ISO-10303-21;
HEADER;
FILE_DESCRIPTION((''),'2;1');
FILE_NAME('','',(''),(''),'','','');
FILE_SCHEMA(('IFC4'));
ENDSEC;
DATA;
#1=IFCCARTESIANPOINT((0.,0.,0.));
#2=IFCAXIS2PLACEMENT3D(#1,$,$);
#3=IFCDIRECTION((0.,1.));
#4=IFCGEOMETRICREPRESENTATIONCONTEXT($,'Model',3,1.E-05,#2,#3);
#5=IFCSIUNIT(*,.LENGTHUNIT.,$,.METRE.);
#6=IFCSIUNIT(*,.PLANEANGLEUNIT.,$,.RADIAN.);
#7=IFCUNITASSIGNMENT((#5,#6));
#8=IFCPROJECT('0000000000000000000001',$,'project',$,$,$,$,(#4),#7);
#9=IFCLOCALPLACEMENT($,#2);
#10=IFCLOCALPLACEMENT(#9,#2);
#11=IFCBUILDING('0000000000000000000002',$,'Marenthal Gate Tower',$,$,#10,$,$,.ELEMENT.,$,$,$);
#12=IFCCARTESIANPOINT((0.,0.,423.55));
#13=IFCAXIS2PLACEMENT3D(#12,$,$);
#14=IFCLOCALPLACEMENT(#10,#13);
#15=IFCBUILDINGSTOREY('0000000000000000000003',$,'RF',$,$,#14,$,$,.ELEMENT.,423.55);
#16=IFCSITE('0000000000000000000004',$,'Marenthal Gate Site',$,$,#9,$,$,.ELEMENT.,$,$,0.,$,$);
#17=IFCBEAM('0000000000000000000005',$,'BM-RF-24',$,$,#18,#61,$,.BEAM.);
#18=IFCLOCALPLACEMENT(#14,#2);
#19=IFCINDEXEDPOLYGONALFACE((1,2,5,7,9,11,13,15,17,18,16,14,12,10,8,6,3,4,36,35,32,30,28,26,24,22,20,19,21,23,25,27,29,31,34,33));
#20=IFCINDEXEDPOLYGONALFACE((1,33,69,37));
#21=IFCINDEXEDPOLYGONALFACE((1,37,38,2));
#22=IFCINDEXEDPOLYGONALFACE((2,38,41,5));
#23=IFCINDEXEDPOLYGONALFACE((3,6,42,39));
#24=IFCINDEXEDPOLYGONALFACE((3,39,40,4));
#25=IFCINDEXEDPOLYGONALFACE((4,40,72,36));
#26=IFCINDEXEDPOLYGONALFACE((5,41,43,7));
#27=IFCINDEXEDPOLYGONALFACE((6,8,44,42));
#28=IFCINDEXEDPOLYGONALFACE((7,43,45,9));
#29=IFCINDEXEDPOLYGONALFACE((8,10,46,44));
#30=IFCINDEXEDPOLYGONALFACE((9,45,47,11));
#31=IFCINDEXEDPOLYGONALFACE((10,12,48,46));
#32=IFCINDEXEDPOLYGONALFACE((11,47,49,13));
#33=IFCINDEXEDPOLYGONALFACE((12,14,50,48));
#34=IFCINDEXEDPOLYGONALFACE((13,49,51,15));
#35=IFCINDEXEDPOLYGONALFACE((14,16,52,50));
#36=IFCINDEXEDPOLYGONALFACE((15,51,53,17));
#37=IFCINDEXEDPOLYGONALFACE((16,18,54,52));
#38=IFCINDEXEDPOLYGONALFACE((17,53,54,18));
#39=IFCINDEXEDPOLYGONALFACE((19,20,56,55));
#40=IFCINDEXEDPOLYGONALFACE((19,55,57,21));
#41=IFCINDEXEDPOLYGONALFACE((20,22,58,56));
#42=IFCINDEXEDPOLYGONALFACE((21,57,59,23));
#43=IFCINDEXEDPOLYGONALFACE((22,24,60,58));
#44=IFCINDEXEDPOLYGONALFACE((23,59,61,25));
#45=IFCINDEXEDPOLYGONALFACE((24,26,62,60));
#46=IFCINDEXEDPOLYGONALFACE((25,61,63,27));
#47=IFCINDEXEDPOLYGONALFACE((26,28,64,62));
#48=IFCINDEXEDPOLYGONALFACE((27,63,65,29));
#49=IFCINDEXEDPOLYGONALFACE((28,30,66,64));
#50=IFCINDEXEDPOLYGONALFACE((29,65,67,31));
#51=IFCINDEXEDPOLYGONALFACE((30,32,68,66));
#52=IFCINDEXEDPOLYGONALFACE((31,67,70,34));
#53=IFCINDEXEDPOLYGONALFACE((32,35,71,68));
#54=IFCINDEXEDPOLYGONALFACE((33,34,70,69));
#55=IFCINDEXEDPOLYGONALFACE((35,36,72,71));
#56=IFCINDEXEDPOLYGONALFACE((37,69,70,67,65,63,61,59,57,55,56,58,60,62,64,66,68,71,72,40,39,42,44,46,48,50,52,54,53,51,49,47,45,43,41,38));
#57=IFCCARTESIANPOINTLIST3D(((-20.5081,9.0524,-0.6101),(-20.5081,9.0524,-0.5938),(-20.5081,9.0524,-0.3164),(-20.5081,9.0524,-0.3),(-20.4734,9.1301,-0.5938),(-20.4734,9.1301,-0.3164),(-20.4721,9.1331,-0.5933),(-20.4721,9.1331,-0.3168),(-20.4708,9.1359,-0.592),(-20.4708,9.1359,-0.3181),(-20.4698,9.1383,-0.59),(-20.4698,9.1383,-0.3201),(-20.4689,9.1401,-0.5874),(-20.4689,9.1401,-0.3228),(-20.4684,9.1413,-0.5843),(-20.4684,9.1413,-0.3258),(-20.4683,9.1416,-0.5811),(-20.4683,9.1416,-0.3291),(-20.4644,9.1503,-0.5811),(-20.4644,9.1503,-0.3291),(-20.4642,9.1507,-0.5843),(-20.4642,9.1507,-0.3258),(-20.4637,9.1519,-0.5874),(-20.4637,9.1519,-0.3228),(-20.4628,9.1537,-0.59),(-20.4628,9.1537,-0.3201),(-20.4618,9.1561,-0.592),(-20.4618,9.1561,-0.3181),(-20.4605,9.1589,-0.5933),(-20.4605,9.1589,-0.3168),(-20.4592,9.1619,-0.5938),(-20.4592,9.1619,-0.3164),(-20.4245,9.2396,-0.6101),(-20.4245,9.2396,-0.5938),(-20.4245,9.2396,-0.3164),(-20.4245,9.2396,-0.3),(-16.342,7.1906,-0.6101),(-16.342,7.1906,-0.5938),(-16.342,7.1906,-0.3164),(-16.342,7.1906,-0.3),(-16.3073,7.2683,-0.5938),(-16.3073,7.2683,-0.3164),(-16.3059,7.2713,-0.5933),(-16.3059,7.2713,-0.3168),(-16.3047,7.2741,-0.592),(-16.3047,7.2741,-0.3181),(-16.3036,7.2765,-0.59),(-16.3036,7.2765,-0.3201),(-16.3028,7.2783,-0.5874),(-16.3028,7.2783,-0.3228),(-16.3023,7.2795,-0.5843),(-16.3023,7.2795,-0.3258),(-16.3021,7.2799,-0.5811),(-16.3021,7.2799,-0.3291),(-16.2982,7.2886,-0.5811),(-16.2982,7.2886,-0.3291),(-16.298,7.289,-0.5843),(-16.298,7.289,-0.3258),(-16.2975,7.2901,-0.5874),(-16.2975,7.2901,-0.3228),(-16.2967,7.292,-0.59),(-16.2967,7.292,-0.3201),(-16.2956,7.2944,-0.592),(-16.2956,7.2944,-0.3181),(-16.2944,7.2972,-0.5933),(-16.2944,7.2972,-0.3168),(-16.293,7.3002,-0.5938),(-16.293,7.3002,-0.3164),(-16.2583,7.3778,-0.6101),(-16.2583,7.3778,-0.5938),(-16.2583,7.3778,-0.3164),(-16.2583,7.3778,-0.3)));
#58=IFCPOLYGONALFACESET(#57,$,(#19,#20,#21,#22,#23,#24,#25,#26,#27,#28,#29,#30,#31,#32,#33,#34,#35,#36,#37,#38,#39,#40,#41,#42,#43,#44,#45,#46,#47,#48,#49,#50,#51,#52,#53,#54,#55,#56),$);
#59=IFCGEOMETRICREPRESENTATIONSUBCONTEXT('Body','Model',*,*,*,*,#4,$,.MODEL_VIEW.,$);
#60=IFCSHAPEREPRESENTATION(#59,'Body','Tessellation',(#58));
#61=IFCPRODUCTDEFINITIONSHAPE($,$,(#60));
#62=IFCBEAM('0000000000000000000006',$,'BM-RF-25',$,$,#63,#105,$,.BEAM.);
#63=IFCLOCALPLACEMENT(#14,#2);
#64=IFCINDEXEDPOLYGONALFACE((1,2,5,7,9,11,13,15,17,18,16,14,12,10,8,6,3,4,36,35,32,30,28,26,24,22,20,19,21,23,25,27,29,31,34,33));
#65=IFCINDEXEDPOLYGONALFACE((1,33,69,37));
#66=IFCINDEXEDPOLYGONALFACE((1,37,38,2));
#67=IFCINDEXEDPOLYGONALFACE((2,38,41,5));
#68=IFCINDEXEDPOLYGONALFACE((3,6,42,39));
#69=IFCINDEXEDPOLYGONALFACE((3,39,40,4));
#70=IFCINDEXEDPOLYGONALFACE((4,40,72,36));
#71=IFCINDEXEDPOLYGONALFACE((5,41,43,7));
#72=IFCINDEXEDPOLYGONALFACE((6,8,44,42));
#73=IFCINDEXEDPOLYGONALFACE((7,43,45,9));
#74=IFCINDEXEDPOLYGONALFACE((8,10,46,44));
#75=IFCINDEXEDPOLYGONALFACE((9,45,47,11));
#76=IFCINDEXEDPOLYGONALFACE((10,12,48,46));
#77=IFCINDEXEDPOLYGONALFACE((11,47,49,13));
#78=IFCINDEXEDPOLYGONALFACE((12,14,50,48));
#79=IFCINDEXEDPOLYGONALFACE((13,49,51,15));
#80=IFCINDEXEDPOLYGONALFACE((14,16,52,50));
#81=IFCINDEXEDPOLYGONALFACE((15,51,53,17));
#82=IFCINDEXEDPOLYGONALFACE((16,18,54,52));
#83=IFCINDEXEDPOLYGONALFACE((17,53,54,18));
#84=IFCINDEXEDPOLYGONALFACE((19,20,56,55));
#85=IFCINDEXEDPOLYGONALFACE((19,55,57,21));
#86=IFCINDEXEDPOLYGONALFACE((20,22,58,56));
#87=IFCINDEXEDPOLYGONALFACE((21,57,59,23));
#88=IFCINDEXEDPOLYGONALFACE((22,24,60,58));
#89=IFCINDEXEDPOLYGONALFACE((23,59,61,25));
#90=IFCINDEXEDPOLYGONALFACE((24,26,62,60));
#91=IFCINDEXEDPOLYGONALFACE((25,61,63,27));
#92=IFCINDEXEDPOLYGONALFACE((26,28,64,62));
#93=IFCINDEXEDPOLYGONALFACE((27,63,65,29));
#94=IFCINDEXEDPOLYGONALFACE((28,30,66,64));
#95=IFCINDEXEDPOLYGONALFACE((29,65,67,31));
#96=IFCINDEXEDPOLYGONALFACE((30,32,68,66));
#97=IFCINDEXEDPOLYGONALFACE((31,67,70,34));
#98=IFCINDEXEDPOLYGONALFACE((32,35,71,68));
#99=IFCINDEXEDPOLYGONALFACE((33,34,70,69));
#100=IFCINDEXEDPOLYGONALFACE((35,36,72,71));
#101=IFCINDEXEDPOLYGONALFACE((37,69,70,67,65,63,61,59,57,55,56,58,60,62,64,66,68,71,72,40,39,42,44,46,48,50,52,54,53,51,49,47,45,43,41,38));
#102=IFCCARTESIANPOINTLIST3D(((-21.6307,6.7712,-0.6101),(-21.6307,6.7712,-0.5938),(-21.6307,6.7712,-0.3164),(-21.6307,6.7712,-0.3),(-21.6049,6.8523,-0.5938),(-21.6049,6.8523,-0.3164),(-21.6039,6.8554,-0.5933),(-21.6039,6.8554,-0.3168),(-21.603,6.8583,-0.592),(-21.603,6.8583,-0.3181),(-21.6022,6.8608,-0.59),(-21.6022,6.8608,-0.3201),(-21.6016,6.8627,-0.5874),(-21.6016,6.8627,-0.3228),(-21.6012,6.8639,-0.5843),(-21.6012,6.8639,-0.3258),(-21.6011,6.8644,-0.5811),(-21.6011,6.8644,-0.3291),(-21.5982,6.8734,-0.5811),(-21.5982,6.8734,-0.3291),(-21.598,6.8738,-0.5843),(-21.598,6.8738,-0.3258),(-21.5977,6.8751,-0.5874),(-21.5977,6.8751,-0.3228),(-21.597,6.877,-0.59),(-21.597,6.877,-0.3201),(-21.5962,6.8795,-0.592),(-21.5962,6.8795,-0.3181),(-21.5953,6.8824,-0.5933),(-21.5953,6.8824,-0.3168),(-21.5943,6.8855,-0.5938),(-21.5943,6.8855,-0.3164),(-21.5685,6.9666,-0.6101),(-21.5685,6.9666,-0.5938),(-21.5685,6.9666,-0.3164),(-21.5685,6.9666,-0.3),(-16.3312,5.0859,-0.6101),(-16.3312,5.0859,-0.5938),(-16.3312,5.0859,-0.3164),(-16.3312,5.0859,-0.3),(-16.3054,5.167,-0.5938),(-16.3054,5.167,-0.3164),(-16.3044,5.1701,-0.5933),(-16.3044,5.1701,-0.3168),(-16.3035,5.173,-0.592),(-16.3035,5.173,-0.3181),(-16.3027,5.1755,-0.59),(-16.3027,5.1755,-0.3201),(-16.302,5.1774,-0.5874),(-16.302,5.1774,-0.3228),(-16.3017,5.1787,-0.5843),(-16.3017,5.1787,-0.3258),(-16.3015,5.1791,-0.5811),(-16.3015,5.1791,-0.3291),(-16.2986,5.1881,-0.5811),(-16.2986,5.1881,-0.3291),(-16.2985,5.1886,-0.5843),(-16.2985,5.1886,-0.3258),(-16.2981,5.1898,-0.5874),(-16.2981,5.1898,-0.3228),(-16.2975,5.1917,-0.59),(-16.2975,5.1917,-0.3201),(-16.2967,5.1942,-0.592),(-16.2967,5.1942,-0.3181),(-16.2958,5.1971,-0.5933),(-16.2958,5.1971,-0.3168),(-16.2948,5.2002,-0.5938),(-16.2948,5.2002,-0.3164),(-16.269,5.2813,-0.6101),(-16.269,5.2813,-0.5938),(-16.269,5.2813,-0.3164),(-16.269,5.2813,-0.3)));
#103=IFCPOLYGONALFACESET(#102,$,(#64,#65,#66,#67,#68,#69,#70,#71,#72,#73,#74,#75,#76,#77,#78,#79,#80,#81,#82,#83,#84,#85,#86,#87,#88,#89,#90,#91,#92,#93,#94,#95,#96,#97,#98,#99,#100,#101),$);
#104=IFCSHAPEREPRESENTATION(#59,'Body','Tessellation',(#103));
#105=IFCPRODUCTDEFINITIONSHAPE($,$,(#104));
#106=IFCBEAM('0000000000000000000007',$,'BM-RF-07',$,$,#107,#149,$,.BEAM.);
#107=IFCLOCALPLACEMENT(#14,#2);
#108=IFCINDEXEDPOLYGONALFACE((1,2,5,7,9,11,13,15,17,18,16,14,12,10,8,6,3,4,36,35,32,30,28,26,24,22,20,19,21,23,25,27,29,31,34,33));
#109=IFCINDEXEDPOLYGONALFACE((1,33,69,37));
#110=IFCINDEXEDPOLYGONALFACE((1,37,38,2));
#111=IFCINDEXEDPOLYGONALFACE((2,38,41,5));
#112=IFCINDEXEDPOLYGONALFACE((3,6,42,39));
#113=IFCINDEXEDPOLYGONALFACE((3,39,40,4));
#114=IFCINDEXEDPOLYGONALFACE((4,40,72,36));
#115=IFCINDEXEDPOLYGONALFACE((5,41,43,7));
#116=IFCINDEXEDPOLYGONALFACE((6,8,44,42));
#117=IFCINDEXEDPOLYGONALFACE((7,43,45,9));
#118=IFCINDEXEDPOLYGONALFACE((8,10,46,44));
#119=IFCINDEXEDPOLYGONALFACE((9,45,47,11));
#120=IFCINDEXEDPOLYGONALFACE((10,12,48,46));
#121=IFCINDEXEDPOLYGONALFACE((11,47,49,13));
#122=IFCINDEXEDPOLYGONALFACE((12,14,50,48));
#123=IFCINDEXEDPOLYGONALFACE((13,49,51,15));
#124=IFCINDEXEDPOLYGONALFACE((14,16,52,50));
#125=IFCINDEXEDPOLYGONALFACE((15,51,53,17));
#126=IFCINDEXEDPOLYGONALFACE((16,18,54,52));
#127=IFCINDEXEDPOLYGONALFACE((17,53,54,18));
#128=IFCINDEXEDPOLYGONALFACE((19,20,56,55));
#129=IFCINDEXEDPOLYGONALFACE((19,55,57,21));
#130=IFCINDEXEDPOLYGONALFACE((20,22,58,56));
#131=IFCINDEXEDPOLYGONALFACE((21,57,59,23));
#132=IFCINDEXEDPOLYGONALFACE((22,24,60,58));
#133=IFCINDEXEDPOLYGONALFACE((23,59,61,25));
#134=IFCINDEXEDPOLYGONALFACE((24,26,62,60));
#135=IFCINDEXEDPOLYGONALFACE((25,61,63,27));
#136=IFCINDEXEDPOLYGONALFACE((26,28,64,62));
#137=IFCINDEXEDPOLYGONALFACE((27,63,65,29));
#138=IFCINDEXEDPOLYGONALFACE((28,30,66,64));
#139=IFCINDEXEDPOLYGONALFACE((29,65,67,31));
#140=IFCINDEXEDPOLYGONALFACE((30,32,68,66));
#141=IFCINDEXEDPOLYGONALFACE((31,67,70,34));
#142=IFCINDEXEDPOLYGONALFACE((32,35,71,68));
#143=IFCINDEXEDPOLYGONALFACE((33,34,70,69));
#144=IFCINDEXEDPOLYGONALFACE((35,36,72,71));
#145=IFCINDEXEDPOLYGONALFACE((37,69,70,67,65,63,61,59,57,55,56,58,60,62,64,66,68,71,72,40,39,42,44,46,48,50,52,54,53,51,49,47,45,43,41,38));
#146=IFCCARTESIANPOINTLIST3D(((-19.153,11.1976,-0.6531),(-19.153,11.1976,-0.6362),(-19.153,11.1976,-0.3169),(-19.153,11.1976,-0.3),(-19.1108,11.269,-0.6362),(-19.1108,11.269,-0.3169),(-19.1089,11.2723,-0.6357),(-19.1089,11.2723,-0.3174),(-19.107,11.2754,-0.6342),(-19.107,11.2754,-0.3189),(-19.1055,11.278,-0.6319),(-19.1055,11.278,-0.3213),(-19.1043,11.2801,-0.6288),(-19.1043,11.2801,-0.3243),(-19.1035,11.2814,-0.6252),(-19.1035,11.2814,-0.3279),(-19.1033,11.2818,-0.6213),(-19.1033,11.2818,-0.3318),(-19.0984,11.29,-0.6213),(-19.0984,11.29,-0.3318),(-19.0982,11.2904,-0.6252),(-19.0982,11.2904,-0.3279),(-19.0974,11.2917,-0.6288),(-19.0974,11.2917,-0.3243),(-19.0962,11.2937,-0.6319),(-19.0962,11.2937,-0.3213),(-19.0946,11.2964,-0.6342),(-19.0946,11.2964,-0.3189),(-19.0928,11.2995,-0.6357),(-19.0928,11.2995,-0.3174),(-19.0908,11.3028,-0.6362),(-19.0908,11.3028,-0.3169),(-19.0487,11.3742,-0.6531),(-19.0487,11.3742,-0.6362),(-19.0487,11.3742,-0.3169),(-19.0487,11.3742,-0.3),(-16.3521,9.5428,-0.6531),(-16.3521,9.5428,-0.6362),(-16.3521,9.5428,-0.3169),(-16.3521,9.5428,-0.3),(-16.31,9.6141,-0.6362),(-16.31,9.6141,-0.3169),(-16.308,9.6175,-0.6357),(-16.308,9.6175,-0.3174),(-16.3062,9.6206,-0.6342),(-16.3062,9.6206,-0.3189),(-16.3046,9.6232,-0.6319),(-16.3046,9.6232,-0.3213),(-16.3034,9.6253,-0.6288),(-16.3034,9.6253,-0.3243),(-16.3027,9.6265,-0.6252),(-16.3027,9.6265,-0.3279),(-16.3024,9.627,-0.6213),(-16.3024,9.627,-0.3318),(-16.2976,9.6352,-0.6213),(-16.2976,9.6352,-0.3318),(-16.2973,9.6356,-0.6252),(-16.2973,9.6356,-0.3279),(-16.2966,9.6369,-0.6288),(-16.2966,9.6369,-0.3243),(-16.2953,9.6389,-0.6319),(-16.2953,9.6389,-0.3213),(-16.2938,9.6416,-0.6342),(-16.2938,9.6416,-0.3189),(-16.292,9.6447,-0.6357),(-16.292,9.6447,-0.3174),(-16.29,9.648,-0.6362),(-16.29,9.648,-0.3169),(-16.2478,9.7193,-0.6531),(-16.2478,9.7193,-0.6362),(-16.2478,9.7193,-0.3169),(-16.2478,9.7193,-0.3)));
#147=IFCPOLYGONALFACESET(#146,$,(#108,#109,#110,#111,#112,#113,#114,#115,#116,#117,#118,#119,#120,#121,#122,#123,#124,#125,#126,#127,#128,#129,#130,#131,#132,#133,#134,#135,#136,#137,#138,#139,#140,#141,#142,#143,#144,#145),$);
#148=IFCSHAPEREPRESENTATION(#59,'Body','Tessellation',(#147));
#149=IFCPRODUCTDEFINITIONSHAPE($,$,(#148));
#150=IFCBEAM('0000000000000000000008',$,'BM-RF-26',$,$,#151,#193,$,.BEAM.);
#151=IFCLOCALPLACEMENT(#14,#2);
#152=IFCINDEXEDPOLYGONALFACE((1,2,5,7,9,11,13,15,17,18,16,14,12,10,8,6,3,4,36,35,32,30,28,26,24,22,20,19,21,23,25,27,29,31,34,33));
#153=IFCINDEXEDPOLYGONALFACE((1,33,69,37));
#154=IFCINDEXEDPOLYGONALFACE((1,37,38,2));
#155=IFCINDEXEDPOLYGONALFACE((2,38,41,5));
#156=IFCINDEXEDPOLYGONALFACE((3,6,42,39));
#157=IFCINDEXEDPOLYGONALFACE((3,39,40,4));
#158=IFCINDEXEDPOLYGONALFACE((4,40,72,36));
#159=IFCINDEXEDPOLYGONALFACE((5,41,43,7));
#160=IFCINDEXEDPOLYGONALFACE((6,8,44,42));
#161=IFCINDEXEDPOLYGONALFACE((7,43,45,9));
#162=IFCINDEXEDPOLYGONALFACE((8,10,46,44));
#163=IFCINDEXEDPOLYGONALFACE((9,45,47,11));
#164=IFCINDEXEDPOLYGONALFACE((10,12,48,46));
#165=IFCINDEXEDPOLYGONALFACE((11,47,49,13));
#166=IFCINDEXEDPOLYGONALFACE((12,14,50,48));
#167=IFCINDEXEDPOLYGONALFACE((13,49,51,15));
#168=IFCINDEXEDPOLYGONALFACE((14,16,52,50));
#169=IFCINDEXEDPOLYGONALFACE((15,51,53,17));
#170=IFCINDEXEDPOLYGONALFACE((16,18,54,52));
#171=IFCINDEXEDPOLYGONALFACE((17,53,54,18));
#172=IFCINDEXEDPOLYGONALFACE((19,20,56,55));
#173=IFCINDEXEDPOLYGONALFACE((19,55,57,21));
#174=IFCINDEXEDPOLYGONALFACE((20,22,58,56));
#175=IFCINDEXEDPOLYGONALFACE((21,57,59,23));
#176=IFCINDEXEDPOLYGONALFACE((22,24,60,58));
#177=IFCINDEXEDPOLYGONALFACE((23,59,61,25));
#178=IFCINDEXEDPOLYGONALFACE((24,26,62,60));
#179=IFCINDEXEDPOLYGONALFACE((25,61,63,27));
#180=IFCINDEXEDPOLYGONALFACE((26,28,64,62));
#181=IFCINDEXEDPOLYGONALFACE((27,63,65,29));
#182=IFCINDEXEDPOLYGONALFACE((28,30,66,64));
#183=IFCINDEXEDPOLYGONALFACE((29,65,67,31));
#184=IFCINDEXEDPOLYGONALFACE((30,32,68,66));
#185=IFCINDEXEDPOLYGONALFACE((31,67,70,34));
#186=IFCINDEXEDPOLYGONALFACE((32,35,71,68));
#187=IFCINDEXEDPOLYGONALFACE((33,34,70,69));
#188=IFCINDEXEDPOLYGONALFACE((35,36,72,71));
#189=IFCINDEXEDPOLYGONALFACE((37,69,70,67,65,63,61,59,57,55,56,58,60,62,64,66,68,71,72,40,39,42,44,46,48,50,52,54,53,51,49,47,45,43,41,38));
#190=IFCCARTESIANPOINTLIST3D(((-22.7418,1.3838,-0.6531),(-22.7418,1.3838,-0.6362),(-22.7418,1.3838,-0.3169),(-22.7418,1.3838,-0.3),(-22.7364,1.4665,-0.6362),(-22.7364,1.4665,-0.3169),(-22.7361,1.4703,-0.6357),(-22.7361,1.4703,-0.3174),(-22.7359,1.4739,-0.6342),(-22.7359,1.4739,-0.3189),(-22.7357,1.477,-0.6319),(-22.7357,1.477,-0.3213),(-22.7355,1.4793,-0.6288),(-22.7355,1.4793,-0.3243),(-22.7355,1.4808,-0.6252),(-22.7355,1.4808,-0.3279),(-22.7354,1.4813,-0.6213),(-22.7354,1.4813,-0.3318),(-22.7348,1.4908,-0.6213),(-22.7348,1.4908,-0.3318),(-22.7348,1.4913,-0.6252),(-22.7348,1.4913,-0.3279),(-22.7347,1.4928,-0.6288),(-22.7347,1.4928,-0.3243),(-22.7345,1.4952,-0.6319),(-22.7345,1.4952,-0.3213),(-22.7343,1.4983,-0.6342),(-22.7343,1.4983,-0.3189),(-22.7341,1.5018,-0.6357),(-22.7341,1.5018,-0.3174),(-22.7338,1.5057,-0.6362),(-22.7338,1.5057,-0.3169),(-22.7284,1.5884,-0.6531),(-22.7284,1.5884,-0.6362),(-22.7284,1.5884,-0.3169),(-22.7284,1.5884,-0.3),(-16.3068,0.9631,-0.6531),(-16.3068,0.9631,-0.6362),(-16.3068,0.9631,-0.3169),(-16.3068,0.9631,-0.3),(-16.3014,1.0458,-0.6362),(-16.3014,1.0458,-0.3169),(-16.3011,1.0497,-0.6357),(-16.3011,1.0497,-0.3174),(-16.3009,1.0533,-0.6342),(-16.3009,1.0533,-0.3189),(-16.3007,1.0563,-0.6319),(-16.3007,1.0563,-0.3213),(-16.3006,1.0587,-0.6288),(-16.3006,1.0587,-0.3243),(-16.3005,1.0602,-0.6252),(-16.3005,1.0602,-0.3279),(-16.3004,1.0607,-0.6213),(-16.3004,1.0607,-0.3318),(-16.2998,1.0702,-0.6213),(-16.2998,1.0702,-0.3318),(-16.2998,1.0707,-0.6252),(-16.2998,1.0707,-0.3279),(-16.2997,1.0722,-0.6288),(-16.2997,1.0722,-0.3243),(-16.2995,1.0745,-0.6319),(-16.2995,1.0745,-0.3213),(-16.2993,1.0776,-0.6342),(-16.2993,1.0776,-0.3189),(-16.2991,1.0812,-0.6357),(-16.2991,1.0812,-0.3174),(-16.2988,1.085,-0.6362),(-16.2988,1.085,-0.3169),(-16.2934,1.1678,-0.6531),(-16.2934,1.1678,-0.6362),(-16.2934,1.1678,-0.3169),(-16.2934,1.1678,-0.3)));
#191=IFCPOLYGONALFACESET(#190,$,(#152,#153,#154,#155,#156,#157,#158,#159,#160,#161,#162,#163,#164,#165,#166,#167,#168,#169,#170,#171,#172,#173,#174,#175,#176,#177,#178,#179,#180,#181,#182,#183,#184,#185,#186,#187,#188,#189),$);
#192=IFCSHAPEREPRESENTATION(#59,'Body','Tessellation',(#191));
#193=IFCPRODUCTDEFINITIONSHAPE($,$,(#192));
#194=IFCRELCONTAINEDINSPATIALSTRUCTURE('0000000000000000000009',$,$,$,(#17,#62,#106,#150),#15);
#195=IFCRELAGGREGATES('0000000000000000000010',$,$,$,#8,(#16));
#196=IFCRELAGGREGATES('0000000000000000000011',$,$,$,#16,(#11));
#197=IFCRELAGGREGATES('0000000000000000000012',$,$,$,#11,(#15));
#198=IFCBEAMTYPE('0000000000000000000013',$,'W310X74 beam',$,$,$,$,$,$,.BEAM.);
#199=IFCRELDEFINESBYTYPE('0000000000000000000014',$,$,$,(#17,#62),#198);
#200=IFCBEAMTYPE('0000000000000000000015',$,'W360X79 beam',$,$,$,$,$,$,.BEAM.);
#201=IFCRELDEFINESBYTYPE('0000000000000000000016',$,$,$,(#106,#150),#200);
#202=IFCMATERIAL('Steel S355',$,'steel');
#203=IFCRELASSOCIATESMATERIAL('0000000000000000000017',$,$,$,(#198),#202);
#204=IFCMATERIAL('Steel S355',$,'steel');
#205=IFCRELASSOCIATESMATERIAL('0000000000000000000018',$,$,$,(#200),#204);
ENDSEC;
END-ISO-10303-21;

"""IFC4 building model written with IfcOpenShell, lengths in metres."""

from ifc_helpers import new_model, si_unit, direction, frame, origin, origin_2d, place, context, subcontext, project, spatial, i_section, extrude, material, material_profile, profile_set, type_object, element, save


model = new_model("IFC4")

# Units and contexts
model_context = context("Model", 3, precision=1e-05, world=origin(), true_north=direction((0.0, 1.0)))
body_context = subcontext(model_context, "Body", "Model", "MODEL_VIEW")
ifc_project = project(units=[si_unit("LENGTHUNIT", "METRE"), si_unit("PLANEANGLEUNIT", "RADIAN")], contexts=[model_context])

# Site, building, storey
site_placement = place(None, origin())
site = spatial("IfcSite", under=ifc_project, at=site_placement, Name="Marenthal Gate Site", CompositionType="ELEMENT", RefElevation=0.0)
building_placement = place(site_placement, origin())
building = spatial("IfcBuilding", under=site, at=building_placement, Name="Marenthal Gate Tower", CompositionType="ELEMENT")
storey_placement = place(building_placement, frame((0.0, 0.0, 423.55)))
storey = spatial("IfcBuildingStorey", under=building, at=storey_placement, Name="RF", CompositionType="ELEMENT", Elevation=423.55)

# Beams
ifc_material_1 = material(Name="Steel S355", Category="steel")
ifc_material_profile_1 = material_profile(ifc_material_1, i_section(OverallWidth=0.2051, OverallDepth=0.3101, WebThickness=0.0095, FlangeThickness=0.0164, FilletRadius=0.0127, at=origin_2d()), Name="W310X74")
ifc_profile_set_1 = profile_set([ifc_material_profile_1], Name="Steel S355")
beam_type_1 = type_object("IfcBeamType", Name="W310X74 beam", PredefinedType="BEAM", material=ifc_profile_set_1)
beam_1_placement = place(storey_placement, frame((-20.4663, 9.146, -0.4551), z_axis=(0.912985, -0.407994, 0.0), x_axis=(0.407994, 0.912985, 0.0)))
element("IfcBeam", 1, at=beam_1_placement, inside=storey, type_object=beam_type_1, Name="BM-RF-24", PredefinedType="BEAM", context=body_context, shape_type="SweptSolid", body=[
    extrude(i_section(OverallWidth=0.2051, OverallDepth=0.3101, WebThickness=0.0095, FlangeThickness=0.0164, FilletRadius=0.0127, at=origin_2d()), origin(), (0.0, 0.0, 1.0), 4.5632),
])
beam_2_placement = place(storey_placement, frame((-21.5996, 6.8689, -0.4551), z_axis=(0.952974, -0.303053, 0.0), x_axis=(0.303053, 0.952974, 0.0)))
element("IfcBeam", 2, at=beam_2_placement, inside=storey, type_object=beam_type_1, Name="BM-RF-25", PredefinedType="BEAM", context=body_context, shape_type="SweptSolid", body=[
    extrude(i_section(OverallWidth=0.2051, OverallDepth=0.3101, WebThickness=0.0095, FlangeThickness=0.0164, FilletRadius=0.0127, at=origin_2d()), origin(), (0.0, 0.0, 1.0), 5.561),
])
ifc_material_2 = material(Name="Steel S355", Category="steel")
ifc_material_profile_2 = material_profile(ifc_material_2, i_section(OverallWidth=0.2051, OverallDepth=0.353, WebThickness=0.0095, FlangeThickness=0.0168, FilletRadius=0.0149, at=origin_2d()), Name="W360X79")
ifc_profile_set_2 = profile_set([ifc_material_profile_2], Name="Steel S355")
beam_type_2 = type_object("IfcBeamType", Name="W360X79 beam", PredefinedType="BEAM", material=ifc_profile_set_2)
beam_3_placement = place(storey_placement, frame((-19.1008, 11.2859, -0.4766), z_axis=(0.860956, -0.508679, 0.0), x_axis=(0.508679, 0.860956, 0.0)))
element("IfcBeam", 3, at=beam_3_placement, inside=storey, type_object=beam_type_2, Name="BM-RF-07", PredefinedType="BEAM", context=body_context, shape_type="SweptSolid", body=[
    extrude(i_section(OverallWidth=0.2051, OverallDepth=0.353, WebThickness=0.0095, FlangeThickness=0.0168, FilletRadius=0.0149, at=origin_2d()), origin(), (0.0, 0.0, 1.0), 3.2532),
])
beam_4_placement = place(storey_placement, frame((-22.7351, 1.4861, -0.4766), z_axis=(0.99787, -0.06523, 0.0), x_axis=(0.06523, 0.99787, 0.0)))
element("IfcBeam", 4, at=beam_4_placement, inside=storey, type_object=beam_type_2, Name="BM-RF-26", PredefinedType="BEAM", context=body_context, shape_type="SweptSolid", body=[
    extrude(i_section(OverallWidth=0.2051, OverallDepth=0.353, WebThickness=0.0095, FlangeThickness=0.0168, FilletRadius=0.0149, at=origin_2d()), origin(), (0.0, 0.0, 1.0), 6.4487),
])

save(model, "model.ifc")
